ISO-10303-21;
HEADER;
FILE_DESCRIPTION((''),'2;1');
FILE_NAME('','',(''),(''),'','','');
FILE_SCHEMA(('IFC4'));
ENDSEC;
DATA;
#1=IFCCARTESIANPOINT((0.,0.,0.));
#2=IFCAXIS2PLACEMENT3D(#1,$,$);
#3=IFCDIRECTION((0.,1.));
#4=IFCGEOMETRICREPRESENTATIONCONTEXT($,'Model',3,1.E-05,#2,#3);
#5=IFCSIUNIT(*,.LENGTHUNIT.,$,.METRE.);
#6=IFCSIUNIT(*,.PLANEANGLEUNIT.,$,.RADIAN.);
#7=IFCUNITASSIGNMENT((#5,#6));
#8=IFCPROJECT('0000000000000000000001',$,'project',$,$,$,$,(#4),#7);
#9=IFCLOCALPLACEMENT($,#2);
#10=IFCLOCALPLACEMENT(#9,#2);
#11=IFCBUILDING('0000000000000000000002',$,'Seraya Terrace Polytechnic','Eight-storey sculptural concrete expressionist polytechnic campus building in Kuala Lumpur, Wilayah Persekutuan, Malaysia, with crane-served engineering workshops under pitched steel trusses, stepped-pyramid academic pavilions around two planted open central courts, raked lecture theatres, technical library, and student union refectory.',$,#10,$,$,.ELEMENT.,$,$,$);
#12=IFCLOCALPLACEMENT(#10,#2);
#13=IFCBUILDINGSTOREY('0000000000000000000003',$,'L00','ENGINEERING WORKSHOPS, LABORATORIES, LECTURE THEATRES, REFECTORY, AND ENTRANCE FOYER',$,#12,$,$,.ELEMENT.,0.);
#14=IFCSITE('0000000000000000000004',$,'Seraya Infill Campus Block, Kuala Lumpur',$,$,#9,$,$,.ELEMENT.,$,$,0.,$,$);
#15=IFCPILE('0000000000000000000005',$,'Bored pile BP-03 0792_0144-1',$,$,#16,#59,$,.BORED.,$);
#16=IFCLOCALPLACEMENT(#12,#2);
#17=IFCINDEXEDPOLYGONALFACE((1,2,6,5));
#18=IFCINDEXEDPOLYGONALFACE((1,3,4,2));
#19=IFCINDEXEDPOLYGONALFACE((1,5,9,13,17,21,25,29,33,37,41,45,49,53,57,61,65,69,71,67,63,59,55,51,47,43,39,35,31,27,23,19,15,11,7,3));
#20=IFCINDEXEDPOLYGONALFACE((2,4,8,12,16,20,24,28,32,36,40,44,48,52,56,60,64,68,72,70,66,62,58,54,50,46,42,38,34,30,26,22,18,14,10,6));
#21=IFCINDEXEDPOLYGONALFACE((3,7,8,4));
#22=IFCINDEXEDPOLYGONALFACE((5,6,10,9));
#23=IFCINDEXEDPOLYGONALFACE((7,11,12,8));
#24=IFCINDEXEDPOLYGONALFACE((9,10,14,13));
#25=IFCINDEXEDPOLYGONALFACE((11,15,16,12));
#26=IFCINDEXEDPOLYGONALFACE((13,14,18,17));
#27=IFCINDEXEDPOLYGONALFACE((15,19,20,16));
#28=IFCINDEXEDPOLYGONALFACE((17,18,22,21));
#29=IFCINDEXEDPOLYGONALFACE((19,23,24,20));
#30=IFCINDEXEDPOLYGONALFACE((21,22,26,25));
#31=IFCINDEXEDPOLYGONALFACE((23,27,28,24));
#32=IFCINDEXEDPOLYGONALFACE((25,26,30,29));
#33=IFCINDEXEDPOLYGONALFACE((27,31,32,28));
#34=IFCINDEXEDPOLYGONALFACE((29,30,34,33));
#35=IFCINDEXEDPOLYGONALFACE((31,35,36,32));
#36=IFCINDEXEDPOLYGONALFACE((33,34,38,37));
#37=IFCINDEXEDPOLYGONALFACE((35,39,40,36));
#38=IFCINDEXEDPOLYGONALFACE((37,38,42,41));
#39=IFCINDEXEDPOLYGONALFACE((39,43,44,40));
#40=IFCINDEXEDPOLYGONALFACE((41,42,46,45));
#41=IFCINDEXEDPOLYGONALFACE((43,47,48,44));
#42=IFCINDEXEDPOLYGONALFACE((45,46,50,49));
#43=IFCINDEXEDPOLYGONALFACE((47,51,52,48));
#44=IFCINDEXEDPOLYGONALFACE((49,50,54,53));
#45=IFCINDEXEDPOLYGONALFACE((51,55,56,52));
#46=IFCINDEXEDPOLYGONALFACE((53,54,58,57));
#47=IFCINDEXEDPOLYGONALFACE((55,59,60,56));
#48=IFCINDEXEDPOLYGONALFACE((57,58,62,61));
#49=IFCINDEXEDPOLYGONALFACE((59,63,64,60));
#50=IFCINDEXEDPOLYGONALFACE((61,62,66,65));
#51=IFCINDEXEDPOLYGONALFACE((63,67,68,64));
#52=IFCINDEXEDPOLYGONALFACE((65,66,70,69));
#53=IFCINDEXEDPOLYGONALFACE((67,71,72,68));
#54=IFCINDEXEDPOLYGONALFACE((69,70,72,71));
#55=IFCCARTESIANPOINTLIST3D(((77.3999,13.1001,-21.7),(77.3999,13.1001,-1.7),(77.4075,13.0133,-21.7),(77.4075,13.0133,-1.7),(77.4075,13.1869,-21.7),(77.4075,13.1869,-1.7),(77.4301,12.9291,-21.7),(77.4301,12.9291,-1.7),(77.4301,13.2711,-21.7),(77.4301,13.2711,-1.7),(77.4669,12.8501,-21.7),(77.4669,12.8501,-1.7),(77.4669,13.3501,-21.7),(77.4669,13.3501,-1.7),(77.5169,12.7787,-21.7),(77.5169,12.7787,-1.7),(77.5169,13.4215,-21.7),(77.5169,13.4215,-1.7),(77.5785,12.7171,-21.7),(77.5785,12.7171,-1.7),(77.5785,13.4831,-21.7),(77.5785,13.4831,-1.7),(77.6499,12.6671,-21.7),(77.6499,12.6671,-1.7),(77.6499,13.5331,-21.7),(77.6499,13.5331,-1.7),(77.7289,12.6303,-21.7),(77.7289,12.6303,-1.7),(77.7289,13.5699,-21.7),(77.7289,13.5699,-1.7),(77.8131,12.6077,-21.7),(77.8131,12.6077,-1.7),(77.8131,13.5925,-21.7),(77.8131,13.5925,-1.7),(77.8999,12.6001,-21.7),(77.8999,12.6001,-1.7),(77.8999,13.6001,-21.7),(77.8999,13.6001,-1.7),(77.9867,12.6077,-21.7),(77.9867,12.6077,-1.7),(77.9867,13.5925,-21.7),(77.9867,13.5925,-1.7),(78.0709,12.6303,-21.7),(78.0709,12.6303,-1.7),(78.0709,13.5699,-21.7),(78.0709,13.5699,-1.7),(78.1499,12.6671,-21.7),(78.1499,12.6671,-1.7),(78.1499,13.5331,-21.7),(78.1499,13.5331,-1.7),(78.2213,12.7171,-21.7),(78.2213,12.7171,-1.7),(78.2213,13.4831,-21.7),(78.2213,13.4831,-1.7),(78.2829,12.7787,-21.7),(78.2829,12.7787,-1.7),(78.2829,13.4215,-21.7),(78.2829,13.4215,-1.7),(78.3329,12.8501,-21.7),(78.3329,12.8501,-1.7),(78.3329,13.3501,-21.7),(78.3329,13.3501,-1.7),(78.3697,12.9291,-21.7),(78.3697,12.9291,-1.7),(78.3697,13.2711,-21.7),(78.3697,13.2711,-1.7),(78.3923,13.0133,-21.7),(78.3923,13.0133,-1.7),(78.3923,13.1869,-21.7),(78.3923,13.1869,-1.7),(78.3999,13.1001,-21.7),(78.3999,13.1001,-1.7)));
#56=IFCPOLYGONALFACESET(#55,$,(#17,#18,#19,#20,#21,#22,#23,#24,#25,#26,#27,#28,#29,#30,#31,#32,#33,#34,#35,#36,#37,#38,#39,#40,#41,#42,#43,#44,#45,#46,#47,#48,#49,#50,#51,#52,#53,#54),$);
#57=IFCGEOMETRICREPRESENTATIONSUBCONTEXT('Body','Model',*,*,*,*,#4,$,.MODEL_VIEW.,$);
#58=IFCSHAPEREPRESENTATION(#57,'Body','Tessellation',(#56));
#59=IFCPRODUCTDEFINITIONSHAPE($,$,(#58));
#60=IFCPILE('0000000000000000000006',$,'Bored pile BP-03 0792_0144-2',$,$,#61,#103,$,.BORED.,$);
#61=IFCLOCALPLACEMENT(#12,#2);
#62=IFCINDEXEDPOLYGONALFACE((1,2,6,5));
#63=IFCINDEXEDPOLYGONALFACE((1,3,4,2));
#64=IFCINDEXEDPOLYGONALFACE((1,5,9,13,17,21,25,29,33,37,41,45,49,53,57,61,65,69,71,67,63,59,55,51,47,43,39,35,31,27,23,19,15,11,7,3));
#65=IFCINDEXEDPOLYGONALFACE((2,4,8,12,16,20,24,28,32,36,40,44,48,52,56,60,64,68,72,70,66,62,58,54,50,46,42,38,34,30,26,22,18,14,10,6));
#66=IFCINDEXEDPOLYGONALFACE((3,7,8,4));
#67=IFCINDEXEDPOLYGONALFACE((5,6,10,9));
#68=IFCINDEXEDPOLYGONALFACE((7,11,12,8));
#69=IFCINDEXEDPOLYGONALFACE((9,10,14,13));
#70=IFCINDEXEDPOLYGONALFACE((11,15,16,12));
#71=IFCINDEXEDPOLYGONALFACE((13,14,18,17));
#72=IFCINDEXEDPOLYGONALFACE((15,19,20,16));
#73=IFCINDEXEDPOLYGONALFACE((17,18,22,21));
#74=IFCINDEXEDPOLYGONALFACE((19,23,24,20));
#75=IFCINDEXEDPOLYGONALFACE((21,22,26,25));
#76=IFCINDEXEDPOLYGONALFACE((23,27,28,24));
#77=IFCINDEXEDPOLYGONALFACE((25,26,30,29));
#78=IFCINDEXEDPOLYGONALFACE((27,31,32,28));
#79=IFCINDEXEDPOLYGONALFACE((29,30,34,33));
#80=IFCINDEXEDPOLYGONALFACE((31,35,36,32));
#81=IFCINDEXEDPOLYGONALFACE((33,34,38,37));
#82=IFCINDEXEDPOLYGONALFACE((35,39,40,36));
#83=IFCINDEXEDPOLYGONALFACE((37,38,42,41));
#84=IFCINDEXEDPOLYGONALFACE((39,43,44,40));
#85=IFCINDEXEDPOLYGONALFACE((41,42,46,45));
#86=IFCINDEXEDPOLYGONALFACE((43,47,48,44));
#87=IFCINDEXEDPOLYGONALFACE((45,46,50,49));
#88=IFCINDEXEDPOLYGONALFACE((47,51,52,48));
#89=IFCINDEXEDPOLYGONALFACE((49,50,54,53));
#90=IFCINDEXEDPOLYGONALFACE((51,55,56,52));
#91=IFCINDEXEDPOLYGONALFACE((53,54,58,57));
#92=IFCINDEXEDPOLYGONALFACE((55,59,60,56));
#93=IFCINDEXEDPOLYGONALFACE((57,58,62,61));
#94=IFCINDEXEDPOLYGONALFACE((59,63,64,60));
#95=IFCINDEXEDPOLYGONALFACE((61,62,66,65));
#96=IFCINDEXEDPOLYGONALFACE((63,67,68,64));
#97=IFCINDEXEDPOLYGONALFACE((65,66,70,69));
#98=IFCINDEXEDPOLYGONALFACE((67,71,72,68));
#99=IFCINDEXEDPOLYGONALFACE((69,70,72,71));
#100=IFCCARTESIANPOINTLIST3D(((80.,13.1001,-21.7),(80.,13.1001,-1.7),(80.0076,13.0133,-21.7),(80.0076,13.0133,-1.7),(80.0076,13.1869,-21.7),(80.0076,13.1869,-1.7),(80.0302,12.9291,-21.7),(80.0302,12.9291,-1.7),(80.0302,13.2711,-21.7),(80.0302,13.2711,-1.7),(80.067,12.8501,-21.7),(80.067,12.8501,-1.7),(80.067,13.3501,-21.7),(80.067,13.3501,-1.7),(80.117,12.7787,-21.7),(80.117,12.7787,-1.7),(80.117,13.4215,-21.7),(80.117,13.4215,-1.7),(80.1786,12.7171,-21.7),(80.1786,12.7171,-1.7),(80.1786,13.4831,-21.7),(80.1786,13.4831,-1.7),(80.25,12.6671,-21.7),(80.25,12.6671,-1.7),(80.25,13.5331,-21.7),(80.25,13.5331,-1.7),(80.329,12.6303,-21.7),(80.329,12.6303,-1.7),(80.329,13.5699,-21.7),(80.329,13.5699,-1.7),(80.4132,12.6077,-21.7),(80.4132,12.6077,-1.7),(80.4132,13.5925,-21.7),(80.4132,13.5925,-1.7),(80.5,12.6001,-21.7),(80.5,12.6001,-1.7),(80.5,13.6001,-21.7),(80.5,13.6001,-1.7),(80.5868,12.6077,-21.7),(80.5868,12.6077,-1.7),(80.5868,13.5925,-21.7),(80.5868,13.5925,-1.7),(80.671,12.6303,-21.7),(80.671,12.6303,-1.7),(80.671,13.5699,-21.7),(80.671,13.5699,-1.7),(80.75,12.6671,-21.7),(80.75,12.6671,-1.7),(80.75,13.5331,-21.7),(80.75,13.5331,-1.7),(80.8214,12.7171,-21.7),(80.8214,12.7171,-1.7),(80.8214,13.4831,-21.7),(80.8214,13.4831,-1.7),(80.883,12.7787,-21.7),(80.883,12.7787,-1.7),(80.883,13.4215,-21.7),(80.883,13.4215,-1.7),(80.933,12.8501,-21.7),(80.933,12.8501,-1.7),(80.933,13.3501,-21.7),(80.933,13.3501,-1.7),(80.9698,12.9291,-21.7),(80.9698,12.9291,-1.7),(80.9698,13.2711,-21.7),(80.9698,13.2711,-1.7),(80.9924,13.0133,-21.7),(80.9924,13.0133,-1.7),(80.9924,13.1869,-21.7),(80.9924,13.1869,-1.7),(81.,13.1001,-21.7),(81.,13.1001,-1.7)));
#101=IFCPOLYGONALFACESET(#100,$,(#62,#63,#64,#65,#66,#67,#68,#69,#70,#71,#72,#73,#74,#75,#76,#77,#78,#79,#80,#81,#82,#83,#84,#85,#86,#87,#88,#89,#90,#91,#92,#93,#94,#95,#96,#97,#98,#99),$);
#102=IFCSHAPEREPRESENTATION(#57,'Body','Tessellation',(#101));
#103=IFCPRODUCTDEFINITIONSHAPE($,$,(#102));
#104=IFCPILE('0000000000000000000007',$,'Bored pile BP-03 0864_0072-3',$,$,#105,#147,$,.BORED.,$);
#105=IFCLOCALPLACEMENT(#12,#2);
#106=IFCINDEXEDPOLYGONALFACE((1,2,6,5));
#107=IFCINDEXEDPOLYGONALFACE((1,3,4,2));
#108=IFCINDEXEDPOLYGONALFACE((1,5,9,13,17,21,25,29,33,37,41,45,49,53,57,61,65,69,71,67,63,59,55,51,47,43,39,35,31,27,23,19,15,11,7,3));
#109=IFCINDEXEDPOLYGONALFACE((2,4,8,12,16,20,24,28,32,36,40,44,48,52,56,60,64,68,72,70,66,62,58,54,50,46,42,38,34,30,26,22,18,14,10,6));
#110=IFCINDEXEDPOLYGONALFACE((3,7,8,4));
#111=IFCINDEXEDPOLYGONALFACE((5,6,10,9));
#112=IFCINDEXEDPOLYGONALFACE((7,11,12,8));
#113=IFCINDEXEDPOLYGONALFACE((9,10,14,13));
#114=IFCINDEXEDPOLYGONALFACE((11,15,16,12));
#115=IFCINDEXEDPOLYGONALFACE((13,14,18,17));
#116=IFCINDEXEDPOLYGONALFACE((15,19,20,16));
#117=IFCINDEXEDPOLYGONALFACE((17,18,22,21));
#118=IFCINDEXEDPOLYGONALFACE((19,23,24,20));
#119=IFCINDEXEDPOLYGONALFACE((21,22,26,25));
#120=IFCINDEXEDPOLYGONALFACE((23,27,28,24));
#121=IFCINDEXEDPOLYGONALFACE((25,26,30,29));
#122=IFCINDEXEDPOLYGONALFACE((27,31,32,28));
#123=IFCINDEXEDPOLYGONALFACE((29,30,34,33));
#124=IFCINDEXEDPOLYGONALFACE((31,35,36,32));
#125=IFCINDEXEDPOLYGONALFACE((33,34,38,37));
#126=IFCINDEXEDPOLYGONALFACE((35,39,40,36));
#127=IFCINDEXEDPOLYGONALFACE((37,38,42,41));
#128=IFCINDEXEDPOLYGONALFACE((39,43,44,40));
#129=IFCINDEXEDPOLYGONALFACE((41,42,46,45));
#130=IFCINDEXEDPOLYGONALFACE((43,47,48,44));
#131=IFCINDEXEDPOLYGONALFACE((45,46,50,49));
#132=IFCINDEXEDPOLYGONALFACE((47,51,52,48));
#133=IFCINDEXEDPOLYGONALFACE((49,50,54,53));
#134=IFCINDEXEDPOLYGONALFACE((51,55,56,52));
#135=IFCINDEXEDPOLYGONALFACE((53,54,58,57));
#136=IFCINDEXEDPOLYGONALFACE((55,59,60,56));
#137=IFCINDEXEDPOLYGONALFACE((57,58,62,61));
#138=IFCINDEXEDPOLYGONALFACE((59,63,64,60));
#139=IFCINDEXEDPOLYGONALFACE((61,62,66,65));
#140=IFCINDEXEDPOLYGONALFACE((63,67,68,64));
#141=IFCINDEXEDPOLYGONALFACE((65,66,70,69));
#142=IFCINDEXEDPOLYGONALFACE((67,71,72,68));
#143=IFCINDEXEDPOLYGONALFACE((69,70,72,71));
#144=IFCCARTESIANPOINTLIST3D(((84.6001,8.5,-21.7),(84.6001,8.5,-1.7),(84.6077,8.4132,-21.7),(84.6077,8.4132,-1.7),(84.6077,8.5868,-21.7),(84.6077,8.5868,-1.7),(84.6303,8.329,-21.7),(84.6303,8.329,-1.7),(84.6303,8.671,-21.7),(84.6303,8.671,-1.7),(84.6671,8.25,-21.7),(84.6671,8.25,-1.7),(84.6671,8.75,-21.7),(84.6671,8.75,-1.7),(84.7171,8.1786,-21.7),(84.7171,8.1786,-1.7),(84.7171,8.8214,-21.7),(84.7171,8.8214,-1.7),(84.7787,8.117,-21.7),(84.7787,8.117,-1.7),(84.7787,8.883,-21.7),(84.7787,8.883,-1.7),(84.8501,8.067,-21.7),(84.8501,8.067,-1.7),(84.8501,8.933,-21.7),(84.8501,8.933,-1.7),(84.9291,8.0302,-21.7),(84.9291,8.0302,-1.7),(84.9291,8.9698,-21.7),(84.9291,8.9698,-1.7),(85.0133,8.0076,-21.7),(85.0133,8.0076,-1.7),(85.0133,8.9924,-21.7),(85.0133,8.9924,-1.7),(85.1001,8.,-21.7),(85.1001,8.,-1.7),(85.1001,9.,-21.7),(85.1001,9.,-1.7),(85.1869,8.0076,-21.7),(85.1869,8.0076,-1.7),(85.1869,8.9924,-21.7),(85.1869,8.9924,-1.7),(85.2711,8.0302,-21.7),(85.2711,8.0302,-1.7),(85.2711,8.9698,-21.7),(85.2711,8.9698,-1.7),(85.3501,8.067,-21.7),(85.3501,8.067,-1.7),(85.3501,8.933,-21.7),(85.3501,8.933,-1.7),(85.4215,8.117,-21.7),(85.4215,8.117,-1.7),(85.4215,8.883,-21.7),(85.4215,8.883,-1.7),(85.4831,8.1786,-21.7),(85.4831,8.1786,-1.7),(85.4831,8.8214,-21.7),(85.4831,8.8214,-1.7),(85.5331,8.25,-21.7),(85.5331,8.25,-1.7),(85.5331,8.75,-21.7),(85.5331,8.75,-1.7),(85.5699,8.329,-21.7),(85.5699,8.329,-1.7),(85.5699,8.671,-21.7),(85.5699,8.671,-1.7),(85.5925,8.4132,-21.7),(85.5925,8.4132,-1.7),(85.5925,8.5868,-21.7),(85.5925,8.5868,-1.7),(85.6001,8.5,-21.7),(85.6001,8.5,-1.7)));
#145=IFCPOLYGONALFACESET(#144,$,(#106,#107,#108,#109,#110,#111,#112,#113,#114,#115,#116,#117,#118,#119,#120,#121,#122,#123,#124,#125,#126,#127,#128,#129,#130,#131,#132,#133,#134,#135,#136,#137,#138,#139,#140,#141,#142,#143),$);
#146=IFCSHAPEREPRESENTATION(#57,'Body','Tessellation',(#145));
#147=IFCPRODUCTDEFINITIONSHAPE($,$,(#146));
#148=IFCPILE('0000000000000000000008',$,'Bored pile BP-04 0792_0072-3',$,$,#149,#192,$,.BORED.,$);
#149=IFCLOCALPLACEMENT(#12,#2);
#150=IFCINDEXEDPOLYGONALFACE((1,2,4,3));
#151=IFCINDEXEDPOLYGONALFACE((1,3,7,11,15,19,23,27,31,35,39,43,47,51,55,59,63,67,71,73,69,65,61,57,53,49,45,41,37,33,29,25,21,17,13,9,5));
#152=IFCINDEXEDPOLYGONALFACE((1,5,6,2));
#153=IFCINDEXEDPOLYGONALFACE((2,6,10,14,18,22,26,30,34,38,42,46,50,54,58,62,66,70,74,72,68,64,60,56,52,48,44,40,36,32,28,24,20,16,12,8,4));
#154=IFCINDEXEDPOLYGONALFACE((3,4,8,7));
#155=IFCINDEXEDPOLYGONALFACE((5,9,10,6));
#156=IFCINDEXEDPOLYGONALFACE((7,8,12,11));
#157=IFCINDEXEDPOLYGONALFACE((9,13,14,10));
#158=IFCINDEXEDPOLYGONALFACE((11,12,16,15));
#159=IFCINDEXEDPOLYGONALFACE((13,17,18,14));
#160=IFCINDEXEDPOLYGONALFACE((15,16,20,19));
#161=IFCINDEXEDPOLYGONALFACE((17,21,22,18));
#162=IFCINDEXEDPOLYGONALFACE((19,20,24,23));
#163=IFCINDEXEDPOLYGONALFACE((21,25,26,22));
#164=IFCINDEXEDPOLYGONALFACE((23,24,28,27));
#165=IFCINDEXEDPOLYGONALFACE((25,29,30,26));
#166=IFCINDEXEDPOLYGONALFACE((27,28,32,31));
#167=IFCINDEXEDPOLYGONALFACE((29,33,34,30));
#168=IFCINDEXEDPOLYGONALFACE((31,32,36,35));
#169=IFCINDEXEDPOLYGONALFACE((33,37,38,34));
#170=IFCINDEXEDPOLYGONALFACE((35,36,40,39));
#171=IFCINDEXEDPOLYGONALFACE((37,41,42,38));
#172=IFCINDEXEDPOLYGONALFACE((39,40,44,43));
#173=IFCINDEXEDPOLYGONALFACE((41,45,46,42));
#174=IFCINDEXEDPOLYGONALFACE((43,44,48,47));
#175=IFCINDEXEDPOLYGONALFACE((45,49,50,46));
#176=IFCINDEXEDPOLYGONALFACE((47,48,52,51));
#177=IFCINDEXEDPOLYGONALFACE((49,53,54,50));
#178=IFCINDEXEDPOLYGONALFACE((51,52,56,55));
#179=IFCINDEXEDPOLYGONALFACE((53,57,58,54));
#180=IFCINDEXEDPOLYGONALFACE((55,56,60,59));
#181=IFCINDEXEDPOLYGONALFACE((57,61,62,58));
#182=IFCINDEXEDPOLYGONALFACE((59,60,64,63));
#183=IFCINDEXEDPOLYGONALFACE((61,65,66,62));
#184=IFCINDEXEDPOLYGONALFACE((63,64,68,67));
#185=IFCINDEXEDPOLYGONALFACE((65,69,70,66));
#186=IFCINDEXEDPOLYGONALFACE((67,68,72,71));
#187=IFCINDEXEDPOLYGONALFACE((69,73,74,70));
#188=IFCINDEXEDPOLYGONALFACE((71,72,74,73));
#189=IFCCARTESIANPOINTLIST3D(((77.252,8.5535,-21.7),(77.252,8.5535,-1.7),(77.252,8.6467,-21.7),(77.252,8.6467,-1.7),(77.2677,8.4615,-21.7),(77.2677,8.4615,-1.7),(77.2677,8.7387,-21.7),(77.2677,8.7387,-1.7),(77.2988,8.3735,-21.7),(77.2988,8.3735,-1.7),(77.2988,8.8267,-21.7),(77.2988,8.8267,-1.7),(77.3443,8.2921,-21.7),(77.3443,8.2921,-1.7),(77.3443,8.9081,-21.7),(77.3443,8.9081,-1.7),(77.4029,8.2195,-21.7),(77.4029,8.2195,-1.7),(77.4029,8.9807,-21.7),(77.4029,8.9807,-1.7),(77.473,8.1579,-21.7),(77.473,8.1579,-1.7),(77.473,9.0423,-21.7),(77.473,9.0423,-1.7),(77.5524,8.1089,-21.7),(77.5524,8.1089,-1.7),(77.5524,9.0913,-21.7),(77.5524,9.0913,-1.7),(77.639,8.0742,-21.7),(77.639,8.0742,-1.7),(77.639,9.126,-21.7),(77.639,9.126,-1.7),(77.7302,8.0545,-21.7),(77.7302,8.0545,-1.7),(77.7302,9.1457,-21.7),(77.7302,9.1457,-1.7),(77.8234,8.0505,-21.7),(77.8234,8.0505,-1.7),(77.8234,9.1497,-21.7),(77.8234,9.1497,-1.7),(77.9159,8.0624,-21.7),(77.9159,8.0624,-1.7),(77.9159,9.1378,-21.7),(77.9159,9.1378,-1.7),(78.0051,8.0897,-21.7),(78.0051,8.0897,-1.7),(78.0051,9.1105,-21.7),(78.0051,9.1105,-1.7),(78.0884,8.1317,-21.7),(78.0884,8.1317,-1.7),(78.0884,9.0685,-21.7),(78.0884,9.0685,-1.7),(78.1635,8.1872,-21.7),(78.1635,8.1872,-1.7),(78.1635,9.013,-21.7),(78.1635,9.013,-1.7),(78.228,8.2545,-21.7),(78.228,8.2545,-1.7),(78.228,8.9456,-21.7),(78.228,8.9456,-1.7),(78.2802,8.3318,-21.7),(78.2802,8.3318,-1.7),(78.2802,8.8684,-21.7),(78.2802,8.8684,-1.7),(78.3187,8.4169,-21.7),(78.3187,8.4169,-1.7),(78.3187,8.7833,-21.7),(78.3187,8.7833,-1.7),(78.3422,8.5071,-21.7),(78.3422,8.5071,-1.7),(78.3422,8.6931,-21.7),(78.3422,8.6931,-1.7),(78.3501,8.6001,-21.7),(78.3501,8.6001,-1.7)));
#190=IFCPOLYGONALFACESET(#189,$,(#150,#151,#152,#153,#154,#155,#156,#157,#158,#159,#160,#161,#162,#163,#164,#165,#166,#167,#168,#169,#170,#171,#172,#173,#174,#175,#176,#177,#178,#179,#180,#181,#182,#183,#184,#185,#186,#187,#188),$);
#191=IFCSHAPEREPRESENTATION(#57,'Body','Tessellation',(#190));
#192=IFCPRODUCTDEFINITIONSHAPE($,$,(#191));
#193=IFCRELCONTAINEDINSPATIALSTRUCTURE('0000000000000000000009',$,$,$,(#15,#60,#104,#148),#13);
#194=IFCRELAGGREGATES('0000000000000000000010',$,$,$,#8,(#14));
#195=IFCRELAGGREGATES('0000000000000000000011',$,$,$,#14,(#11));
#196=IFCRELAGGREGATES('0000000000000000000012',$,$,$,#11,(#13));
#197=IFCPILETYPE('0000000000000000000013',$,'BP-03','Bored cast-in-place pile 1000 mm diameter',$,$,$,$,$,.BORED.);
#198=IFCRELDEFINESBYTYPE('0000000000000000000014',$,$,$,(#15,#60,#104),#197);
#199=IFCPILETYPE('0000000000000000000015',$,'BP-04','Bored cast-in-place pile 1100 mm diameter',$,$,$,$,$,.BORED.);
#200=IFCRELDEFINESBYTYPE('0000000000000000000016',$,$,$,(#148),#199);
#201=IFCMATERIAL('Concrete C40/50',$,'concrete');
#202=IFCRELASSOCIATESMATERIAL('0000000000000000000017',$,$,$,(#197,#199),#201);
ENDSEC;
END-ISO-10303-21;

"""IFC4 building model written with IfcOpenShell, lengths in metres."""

from ifc_helpers import new_model, si_unit, direction, frame, origin, origin_2d, place, context, subcontext, project, spatial, circle, extrude, material, material_profile, profile_set, type_object, element, save


model = new_model("IFC4")

# Units and contexts
model_context = context("Model", 3, precision=1e-05, world=origin(), true_north=direction((0.0, 1.0)))
body_context = subcontext(model_context, "Body", "Model", "MODEL_VIEW")
ifc_project = project(units=[si_unit("LENGTHUNIT", "METRE"), si_unit("PLANEANGLEUNIT", "RADIAN")], contexts=[model_context])

# Site, building, storey
site_placement = place(None, origin())
site = spatial("IfcSite", under=ifc_project, at=site_placement, Name="Seraya Infill Campus Block, Kuala Lumpur", CompositionType="ELEMENT", RefElevation=0.0)
building_placement = place(site_placement, origin())
building = spatial("IfcBuilding", under=site, at=building_placement, Name="Seraya Terrace Polytechnic", Description="Eight-storey sculptural concrete expressionist polytechnic campus building in Kuala Lumpur, Wilayah Persekutuan, Malaysia, with crane-served engineering workshops under pitched steel trusses, stepped-pyramid academic pavilions around two planted open central courts, raked lecture theatres, technical library, and student union refectory.", CompositionType="ELEMENT")
storey_placement = place(building_placement, origin())
storey = spatial("IfcBuildingStorey", under=building, at=storey_placement, Name="L00", Description="ENGINEERING WORKSHOPS, LABORATORIES, LECTURE THEATRES, REFECTORY, AND ENTRANCE FOYER", CompositionType="ELEMENT", Elevation=0.0)

# Piles
ifc_material_1 = material(Name="Concrete C40/50", Category="concrete")
ifc_material_profile_1 = material_profile(ifc_material_1, circle(Radius=0.5, at=origin_2d()), Name="DIA 1000")
ifc_profile_set_1 = profile_set([ifc_material_profile_1], Name="Concrete C40/50")
pile_type_1 = type_object("IfcPileType", Name="BP-03", Description="Bored cast-in-place pile 1000 mm diameter", PredefinedType="BORED", material=ifc_profile_set_1)
for number, where, z_axis, x_axis, name in (
    (1, (77.8999, 13.1001, -1.7), (0.0, 0.0, -1.0), (1.0, 0.0, 0.0), "Bored pile BP-03 0792_0144-1"),
    (2, (80.5, 13.1001, -1.7), (0.0, 0.0, -1.0), (1.0, 0.0, 0.0), "Bored pile BP-03 0792_0144-2"),
    (3, (85.1001, 8.5, -1.7), (0.0, 0.0, -1.0), (1.0, 0.0, 0.0), "Bored pile BP-03 0864_0072-3"),
):
    element("IfcPile", number, at=place(storey_placement, frame(where, z_axis=z_axis, x_axis=x_axis)), inside=storey, type_object=pile_type_1, Name=name, PredefinedType="BORED", context=body_context, shape_type="SweptSolid", body=[
        extrude(circle(Radius=0.5, at=origin_2d()), origin(), (0.0, 0.0, 1.0), 20.0),
    ])
ifc_material_profile_2 = material_profile(ifc_material_1, circle(Radius=0.55, at=origin_2d()), Name="DIA 1100")
ifc_profile_set_2 = profile_set([ifc_material_profile_2], Name="Concrete C40/50")
pile_type_2 = type_object("IfcPileType", Name="BP-04", Description="Bored cast-in-place pile 1100 mm diameter", PredefinedType="BORED", material=ifc_profile_set_2)
for number, where, z_axis, x_axis, name in (
    (4, (77.8, 8.6001, -1.7), (0.0, 0.0, -1.0), (1.0, 0.0, 0.0), "Bored pile BP-04 0792_0072-3"),
):
    element("IfcPile", number, at=place(storey_placement, frame(where, z_axis=z_axis, x_axis=x_axis)), inside=storey, type_object=pile_type_2, Name=name, PredefinedType="BORED", context=body_context, shape_type="SweptSolid", body=[
        extrude(circle(Radius=0.55, at=origin_2d()), origin(), (0.0, 0.0, 1.0), 20.0),
    ])

save(model, "model.ifc")
